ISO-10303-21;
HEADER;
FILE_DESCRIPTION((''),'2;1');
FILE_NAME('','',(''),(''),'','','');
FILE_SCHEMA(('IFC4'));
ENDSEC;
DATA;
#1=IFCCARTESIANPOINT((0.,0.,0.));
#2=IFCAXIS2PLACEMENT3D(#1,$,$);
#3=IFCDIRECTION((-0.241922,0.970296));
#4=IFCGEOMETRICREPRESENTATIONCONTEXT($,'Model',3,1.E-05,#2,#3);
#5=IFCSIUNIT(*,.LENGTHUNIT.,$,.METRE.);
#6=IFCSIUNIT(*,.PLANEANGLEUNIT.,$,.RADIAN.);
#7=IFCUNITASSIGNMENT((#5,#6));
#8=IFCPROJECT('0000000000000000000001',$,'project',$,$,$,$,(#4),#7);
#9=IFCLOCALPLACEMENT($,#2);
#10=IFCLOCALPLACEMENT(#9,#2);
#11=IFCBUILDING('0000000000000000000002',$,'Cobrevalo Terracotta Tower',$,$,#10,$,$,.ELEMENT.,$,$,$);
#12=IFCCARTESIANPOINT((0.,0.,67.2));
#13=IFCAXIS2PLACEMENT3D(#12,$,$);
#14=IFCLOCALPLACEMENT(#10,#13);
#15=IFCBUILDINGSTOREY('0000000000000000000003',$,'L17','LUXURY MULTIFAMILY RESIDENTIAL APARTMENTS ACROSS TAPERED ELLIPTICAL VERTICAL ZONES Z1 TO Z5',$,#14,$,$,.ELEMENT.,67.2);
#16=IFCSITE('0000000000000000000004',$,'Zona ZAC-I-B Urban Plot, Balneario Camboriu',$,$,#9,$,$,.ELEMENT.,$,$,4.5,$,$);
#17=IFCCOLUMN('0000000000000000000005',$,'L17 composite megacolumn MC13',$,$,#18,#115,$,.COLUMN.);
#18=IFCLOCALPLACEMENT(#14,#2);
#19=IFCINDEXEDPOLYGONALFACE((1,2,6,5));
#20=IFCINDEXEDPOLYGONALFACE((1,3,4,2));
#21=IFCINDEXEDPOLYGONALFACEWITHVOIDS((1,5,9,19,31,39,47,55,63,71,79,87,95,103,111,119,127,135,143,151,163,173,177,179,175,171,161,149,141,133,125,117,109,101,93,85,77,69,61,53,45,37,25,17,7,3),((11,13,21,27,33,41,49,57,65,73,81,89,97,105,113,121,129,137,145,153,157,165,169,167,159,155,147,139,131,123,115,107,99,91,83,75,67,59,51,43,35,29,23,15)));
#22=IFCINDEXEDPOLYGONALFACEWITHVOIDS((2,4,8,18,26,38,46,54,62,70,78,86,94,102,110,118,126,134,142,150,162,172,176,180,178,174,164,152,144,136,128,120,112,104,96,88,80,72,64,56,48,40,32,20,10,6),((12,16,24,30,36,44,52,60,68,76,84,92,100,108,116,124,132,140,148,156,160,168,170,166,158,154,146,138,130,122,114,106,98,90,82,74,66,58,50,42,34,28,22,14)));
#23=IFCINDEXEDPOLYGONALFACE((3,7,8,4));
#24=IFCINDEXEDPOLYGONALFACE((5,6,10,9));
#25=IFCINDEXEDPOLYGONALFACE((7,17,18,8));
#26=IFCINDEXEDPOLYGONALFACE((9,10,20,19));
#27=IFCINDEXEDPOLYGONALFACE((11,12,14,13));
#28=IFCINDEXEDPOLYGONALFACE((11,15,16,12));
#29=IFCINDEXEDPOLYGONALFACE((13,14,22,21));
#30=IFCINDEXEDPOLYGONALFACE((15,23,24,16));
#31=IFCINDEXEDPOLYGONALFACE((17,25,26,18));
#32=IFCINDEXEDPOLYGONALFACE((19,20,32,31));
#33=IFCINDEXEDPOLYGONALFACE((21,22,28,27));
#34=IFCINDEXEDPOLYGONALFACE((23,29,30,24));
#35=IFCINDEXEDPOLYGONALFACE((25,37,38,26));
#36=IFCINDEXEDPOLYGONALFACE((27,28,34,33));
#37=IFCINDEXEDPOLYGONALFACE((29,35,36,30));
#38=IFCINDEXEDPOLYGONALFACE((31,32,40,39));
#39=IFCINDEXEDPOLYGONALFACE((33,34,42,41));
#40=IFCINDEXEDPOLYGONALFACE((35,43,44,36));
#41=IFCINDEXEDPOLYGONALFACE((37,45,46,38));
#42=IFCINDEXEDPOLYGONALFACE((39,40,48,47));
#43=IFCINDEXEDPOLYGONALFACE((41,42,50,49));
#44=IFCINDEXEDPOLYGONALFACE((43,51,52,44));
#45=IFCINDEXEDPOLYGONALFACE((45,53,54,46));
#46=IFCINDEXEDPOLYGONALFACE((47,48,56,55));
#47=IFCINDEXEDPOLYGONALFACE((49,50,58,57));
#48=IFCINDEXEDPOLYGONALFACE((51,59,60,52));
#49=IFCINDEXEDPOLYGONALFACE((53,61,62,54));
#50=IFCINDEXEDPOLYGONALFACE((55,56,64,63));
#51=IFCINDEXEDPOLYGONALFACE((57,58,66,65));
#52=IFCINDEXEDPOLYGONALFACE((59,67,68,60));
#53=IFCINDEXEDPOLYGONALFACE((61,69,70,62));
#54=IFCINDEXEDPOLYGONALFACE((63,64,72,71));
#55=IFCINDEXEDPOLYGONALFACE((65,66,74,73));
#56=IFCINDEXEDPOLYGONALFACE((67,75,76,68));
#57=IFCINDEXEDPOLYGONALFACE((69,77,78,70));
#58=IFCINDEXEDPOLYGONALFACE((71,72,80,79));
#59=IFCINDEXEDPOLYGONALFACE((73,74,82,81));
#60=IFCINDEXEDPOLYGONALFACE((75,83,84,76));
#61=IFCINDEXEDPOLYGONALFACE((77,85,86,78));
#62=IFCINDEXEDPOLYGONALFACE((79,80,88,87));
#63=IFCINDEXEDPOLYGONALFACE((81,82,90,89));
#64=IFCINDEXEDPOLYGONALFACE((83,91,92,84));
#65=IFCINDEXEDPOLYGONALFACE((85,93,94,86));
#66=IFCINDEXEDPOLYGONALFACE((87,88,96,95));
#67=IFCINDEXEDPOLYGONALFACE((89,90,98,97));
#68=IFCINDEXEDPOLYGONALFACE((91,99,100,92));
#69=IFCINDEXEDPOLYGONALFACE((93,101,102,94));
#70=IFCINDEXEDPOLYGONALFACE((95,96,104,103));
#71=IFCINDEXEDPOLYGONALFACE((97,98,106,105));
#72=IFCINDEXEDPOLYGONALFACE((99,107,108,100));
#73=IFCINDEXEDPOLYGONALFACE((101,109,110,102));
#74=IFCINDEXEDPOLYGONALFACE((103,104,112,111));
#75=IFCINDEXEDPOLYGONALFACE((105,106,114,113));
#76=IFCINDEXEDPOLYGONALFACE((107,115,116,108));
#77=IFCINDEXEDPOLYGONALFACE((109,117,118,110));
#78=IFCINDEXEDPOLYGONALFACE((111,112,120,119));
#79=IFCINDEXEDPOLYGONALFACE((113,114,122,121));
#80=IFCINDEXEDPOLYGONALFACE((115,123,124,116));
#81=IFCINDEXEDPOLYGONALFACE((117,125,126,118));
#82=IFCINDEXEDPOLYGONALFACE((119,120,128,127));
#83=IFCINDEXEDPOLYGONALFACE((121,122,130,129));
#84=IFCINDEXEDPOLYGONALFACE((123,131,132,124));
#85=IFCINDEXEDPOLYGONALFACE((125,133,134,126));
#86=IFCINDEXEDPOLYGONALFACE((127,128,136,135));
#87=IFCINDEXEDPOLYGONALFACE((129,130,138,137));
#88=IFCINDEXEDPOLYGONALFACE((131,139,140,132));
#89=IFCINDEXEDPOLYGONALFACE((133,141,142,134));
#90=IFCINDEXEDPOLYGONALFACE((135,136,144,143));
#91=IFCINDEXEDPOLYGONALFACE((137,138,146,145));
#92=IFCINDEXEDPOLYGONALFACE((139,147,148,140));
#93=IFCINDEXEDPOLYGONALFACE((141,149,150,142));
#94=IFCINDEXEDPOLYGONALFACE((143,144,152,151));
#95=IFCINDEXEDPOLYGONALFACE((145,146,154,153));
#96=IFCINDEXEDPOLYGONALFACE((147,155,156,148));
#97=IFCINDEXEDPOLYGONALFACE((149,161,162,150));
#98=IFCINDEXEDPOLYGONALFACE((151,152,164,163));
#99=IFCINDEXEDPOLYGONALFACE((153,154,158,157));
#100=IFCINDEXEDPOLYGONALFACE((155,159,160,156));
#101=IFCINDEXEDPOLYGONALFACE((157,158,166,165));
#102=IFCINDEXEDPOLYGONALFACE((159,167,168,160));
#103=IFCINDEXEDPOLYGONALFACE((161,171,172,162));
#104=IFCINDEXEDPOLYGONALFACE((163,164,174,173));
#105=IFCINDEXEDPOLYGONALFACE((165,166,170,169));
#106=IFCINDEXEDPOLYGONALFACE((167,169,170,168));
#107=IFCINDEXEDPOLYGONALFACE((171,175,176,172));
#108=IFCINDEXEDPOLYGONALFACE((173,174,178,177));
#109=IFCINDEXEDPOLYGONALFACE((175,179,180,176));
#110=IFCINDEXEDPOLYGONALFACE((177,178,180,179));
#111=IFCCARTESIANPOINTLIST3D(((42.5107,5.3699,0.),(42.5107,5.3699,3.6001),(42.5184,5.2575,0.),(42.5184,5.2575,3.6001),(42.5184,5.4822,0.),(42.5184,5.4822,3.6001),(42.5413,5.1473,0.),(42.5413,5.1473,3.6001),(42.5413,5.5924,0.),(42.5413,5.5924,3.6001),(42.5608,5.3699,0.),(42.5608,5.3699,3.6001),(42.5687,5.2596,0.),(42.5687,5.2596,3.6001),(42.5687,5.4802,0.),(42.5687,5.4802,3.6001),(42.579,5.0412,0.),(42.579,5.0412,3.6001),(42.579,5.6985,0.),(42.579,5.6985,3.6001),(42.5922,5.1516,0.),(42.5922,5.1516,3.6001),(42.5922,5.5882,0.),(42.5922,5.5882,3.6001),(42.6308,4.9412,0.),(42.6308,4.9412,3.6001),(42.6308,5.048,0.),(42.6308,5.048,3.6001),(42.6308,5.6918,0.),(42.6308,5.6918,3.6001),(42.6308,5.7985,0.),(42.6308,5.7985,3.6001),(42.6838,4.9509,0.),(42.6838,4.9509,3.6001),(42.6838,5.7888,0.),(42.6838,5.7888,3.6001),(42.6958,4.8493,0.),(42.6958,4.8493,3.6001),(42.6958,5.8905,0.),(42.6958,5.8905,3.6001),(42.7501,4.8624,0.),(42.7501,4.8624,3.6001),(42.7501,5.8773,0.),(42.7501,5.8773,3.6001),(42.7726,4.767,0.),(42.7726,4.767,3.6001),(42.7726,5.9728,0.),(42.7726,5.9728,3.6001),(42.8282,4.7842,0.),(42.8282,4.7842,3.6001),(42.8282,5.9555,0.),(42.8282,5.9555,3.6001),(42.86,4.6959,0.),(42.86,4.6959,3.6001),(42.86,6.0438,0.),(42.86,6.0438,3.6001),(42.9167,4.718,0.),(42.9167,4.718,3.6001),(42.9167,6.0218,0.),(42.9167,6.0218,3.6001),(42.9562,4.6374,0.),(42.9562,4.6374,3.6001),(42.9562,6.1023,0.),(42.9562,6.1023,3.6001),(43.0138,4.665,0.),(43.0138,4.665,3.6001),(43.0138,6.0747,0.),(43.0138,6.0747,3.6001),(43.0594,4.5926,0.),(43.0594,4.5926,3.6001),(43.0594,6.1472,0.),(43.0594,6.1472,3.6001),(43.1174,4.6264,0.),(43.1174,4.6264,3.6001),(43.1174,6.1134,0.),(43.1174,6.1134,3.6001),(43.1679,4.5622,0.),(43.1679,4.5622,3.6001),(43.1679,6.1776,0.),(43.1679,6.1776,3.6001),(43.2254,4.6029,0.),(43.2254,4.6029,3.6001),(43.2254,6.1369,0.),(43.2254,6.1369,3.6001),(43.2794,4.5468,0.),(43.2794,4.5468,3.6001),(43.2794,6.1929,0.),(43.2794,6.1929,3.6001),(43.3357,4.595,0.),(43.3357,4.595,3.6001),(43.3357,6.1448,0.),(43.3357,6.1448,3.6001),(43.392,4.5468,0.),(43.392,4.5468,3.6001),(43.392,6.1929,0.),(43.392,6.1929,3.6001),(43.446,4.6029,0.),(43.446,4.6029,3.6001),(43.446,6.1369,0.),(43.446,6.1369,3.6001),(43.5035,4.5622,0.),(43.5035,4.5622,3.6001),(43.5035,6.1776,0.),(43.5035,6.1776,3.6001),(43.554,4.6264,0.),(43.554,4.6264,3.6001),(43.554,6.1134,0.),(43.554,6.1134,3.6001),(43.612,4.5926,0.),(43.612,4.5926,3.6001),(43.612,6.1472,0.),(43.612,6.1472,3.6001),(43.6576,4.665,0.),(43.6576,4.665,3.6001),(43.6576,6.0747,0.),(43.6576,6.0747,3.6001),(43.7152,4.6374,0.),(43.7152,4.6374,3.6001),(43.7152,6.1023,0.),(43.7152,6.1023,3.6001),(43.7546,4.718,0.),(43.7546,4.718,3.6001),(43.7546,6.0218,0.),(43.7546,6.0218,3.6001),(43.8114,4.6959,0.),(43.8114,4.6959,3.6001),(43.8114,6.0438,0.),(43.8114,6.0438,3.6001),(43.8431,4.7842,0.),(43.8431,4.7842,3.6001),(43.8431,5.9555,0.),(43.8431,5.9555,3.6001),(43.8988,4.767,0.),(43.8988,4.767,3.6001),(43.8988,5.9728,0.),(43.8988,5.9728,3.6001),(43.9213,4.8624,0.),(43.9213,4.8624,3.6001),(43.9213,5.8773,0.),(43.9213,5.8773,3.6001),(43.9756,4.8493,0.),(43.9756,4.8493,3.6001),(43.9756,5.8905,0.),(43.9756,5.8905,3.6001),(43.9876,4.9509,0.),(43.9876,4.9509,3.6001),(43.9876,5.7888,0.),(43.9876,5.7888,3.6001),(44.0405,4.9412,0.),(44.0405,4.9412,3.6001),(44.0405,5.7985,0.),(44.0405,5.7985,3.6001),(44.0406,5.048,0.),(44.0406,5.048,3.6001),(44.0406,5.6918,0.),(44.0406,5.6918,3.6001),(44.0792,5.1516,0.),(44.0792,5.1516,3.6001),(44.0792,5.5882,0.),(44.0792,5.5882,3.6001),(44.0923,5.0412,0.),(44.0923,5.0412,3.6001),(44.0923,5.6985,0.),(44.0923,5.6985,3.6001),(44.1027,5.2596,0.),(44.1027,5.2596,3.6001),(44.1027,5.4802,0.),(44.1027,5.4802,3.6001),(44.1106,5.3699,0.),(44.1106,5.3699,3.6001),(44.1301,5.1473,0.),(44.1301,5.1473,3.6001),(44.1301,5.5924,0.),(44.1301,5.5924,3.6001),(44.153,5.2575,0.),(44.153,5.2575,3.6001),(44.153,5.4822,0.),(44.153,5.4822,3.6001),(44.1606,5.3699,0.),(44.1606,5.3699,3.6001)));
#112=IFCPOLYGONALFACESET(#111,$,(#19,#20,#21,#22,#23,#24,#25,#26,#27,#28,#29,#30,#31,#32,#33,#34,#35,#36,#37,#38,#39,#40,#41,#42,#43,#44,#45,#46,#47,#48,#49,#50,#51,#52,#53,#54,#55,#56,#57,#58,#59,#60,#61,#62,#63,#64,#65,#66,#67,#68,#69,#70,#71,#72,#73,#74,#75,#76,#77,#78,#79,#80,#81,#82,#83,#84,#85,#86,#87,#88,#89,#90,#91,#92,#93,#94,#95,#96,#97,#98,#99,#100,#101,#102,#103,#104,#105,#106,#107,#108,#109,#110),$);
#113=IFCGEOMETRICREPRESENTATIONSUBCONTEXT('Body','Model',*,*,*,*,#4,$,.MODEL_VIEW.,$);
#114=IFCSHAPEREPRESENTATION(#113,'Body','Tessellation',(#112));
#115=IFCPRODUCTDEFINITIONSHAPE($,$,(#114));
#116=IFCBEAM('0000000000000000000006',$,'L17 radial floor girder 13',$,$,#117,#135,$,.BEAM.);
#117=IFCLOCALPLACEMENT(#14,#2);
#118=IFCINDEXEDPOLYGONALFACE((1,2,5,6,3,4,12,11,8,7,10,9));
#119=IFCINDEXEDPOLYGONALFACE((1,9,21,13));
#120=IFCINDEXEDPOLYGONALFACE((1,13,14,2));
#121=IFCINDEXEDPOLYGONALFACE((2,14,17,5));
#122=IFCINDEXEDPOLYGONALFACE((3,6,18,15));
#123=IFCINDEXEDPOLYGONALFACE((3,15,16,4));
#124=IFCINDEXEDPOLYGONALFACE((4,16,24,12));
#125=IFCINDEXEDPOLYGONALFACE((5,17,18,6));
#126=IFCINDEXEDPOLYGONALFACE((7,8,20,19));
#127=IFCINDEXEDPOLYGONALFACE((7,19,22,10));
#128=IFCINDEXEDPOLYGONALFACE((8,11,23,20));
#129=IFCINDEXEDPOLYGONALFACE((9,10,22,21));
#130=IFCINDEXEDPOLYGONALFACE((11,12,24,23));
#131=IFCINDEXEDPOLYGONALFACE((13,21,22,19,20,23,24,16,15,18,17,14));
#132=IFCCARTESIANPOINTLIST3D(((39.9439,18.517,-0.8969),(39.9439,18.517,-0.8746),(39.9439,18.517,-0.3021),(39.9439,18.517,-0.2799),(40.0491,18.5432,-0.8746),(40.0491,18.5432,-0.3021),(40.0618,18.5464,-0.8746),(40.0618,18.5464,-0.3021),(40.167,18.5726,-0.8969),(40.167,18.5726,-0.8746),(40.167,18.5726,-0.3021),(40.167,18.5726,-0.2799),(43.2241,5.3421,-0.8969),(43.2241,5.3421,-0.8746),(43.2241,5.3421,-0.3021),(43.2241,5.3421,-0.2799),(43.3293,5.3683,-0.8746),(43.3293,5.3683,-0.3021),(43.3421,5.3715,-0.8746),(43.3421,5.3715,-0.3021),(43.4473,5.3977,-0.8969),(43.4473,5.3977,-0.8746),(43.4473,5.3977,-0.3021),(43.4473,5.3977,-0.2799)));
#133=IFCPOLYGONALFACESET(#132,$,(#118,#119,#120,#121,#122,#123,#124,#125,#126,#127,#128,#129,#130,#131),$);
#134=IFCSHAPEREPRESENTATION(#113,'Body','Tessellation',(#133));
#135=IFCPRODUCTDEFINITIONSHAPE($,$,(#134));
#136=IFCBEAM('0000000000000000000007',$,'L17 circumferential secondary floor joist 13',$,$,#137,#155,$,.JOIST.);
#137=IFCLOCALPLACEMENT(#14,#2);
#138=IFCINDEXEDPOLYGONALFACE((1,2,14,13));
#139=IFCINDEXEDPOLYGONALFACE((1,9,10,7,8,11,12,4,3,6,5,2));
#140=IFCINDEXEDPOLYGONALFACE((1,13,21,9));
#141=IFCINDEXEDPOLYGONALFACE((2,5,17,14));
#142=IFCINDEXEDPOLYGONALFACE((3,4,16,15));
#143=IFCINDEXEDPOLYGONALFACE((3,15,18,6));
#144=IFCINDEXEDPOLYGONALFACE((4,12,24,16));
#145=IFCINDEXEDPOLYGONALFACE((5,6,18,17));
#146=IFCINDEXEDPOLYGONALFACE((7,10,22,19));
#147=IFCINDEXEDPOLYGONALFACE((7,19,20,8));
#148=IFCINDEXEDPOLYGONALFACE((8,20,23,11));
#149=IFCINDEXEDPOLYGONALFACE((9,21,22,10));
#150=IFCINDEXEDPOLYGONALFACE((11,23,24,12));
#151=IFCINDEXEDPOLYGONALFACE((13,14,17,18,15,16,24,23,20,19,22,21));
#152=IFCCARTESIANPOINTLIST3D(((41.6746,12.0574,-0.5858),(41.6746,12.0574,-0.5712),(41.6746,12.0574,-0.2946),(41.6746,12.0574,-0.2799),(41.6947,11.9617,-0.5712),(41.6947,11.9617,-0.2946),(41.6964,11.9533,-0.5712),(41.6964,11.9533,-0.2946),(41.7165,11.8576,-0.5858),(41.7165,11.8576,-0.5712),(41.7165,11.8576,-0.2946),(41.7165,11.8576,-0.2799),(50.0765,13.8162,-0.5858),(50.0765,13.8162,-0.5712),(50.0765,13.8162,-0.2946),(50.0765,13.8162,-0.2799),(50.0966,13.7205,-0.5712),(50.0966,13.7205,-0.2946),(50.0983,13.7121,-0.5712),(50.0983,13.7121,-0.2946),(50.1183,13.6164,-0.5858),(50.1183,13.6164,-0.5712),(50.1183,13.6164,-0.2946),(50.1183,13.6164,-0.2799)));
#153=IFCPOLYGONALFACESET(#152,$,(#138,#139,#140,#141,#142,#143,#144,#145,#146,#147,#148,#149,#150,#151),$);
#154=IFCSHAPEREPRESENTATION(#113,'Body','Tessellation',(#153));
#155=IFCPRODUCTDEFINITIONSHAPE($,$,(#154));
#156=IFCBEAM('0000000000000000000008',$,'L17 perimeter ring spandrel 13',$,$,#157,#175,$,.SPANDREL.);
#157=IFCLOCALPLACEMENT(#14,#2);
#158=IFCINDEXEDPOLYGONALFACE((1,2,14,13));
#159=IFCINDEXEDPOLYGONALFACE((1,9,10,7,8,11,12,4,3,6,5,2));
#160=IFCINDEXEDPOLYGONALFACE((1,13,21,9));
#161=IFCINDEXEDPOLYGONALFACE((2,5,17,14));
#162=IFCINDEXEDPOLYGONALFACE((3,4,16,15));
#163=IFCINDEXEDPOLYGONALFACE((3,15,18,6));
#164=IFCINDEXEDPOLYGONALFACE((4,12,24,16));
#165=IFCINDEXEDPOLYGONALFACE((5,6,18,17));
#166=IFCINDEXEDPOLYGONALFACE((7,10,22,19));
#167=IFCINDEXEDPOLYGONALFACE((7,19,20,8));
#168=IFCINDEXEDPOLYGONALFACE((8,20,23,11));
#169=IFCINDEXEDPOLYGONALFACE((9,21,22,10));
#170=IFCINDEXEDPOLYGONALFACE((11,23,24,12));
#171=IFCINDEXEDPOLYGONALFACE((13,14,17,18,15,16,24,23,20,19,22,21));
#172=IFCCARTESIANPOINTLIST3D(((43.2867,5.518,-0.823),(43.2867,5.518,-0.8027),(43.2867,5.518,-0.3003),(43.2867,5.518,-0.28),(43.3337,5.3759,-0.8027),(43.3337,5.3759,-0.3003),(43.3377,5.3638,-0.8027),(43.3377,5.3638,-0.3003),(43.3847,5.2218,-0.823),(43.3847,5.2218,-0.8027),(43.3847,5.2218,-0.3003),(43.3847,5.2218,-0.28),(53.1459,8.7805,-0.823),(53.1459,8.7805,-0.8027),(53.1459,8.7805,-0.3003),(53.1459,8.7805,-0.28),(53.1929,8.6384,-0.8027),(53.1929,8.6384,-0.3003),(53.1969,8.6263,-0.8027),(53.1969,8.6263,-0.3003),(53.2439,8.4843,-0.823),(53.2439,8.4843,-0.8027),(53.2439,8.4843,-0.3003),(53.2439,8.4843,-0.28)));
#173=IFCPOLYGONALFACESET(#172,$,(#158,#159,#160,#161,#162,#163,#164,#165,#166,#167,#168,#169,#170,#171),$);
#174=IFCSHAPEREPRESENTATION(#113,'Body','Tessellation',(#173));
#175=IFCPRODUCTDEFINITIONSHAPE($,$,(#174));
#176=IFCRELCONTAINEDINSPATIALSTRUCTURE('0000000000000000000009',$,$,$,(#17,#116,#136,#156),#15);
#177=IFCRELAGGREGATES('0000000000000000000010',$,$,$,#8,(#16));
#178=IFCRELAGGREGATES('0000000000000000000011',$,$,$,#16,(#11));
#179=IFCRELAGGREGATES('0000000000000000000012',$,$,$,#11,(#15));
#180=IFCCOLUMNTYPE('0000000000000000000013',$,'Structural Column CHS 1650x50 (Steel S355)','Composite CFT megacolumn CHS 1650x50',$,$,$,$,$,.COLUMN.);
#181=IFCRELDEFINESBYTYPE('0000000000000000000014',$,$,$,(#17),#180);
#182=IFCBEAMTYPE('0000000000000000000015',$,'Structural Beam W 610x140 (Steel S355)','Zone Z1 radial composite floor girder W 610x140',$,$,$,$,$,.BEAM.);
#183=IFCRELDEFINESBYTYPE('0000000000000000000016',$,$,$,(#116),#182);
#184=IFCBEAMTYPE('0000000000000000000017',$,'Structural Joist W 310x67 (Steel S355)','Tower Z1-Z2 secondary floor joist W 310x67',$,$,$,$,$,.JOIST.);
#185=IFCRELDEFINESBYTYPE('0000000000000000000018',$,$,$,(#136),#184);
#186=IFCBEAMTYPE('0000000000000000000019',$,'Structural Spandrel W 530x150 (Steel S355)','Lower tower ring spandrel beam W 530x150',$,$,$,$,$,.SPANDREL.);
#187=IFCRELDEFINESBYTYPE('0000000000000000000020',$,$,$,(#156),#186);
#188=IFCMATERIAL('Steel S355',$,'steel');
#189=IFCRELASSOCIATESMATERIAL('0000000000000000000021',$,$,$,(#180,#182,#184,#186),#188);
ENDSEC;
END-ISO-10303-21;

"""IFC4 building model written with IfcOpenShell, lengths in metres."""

from ifc_helpers import new_model, si_unit, direction, frame, origin, origin_2d, place, context, subcontext, project, spatial, hollow_circle, i_section, extrude, material, material_profile, profile_set, type_object, element, save


model = new_model("IFC4")

# Units and contexts
model_context = context("Model", 3, precision=1e-05, world=origin(), true_north=direction((-0.241922, 0.970296)))
body_context = subcontext(model_context, "Body", "Model", "MODEL_VIEW")
ifc_project = project(units=[si_unit("LENGTHUNIT", "METRE"), si_unit("PLANEANGLEUNIT", "RADIAN")], contexts=[model_context])

# Site, building, storey
site_placement = place(None, origin())
site = spatial("IfcSite", under=ifc_project, at=site_placement, Name="Zona ZAC-I-B Urban Plot, Balneario Camboriu", CompositionType="ELEMENT", RefElevation=4.5)
building_placement = place(site_placement, origin())
building = spatial("IfcBuilding", under=site, at=building_placement, Name="Cobrevalo Terracotta Tower", CompositionType="ELEMENT")
storey_placement = place(building_placement, frame((0.0, 0.0, 67.2)))
storey = spatial("IfcBuildingStorey", under=building, at=storey_placement, Name="L17", Description="LUXURY MULTIFAMILY RESIDENTIAL APARTMENTS ACROSS TAPERED ELLIPTICAL VERTICAL ZONES Z1 TO Z5", CompositionType="ELEMENT", Elevation=67.2)

# Column
ifc_material_1 = material(Name="Steel S355", Category="steel")
ifc_material_profile_1 = material_profile(ifc_material_1, hollow_circle(Radius=0.825, WallThickness=0.05, at=origin_2d()), Name="CHS 1650x50")
ifc_profile_set_1 = profile_set([ifc_material_profile_1], Name="Steel S355")
column_type = type_object("IfcColumnType", Name="Structural Column CHS 1650x50 (Steel S355)", Description="Composite CFT megacolumn CHS 1650x50", PredefinedType="COLUMN", material=ifc_profile_set_1)
column_placement = place(storey_placement, frame((43.3357, 5.3699, 0.0), z_axis=(0.0, 0.0, 1.0), x_axis=(1.0, 0.0, 0.0)))
element("IfcColumn", 1, at=column_placement, inside=storey, type_object=column_type, Name="L17 composite megacolumn MC13", PredefinedType="COLUMN", context=body_context, shape_type="SweptSolid", body=[
    extrude(hollow_circle(Radius=0.825, WallThickness=0.05, at=origin_2d()), origin(), (0.0, 0.0, 1.0), 3.6001),
])

# Beams
ifc_material_profile_2 = material_profile(ifc_material_1, i_section(OverallWidth=0.23, OverallDepth=0.6169, WebThickness=0.0132, FlangeThickness=0.0222, at=origin_2d()), Name="W 610x140")
ifc_profile_set_2 = profile_set([ifc_material_profile_2], Name="Steel S355")
beam_type_1 = type_object("IfcBeamType", Name="Structural Beam W 610x140 (Steel S355)", Description="Zone Z1 radial composite floor girder W 610x140", PredefinedType="BEAM", material=ifc_profile_set_2)
beam_1_placement = place(storey_placement, frame((43.3357, 5.3699, -0.5884), z_axis=(-0.2416, 0.970376, 0.0), x_axis=(-0.970376, -0.2416, 0.0)))
element("IfcBeam", 2, at=beam_1_placement, inside=storey, type_object=beam_type_1, Name="L17 radial floor girder 13", PredefinedType="BEAM", context=body_context, shape_type="SweptSolid", body=[
    extrude(i_section(OverallWidth=0.23, OverallDepth=0.6169, WebThickness=0.0132, FlangeThickness=0.0222, at=origin_2d()), origin(), (0.0, 0.0, 1.0), 13.5771),
])
ifc_material_profile_3 = material_profile(ifc_material_1, i_section(OverallWidth=0.2041, OverallDepth=0.3059, WebThickness=0.0085, FlangeThickness=0.0146, at=origin_2d()), Name="W 310x67")
ifc_profile_set_3 = profile_set([ifc_material_profile_3], Name="Steel S355")
beam_type_2 = type_object("IfcBeamType", Name="Structural Joist W 310x67 (Steel S355)", Description="Tower Z1-Z2 secondary floor joist W 310x67", PredefinedType="JOIST", material=ifc_profile_set_3)
beam_2_placement = place(storey_placement, frame((41.6956, 11.9575, -0.4329), z_axis=(0.978785, 0.204892, 0.0), x_axis=(-0.204892, 0.978785, 0.0)))
element("IfcBeam", 3, at=beam_2_placement, inside=storey, type_object=beam_type_2, Name="L17 circumferential secondary floor joist 13", PredefinedType="JOIST", context=body_context, shape_type="SweptSolid", body=[
    extrude(i_section(OverallWidth=0.2041, OverallDepth=0.3059, WebThickness=0.0085, FlangeThickness=0.0146, at=origin_2d()), origin(), (0.0, 0.0, 1.0), 8.584),
])
ifc_material_profile_4 = material_profile(ifc_material_1, i_section(OverallWidth=0.312, OverallDepth=0.543, WebThickness=0.0127, FlangeThickness=0.0203, at=origin_2d()), Name="W 530x150")
ifc_profile_set_4 = profile_set([ifc_material_profile_4], Name="Steel S355")
beam_type_3 = type_object("IfcBeamType", Name="Structural Spandrel W 530x150 (Steel S355)", Description="Lower tower ring spandrel beam W 530x150", PredefinedType="SPANDREL", material=ifc_profile_set_4)
beam_3_placement = place(storey_placement, frame((43.3357, 5.3699, -0.5515), z_axis=(0.949372, 0.314153, 0.0), x_axis=(-0.314153, 0.949372, 0.0)))
element("IfcBeam", 4, at=beam_3_placement, inside=storey, type_object=beam_type_3, Name="L17 perimeter ring spandrel 13", PredefinedType="SPANDREL", context=body_context, shape_type="SweptSolid", body=[
    extrude(i_section(OverallWidth=0.312, OverallDepth=0.543, WebThickness=0.0127, FlangeThickness=0.0203, at=origin_2d()), origin(), (0.0, 0.0, 1.0), 10.385),
])

save(model, "model.ifc")
